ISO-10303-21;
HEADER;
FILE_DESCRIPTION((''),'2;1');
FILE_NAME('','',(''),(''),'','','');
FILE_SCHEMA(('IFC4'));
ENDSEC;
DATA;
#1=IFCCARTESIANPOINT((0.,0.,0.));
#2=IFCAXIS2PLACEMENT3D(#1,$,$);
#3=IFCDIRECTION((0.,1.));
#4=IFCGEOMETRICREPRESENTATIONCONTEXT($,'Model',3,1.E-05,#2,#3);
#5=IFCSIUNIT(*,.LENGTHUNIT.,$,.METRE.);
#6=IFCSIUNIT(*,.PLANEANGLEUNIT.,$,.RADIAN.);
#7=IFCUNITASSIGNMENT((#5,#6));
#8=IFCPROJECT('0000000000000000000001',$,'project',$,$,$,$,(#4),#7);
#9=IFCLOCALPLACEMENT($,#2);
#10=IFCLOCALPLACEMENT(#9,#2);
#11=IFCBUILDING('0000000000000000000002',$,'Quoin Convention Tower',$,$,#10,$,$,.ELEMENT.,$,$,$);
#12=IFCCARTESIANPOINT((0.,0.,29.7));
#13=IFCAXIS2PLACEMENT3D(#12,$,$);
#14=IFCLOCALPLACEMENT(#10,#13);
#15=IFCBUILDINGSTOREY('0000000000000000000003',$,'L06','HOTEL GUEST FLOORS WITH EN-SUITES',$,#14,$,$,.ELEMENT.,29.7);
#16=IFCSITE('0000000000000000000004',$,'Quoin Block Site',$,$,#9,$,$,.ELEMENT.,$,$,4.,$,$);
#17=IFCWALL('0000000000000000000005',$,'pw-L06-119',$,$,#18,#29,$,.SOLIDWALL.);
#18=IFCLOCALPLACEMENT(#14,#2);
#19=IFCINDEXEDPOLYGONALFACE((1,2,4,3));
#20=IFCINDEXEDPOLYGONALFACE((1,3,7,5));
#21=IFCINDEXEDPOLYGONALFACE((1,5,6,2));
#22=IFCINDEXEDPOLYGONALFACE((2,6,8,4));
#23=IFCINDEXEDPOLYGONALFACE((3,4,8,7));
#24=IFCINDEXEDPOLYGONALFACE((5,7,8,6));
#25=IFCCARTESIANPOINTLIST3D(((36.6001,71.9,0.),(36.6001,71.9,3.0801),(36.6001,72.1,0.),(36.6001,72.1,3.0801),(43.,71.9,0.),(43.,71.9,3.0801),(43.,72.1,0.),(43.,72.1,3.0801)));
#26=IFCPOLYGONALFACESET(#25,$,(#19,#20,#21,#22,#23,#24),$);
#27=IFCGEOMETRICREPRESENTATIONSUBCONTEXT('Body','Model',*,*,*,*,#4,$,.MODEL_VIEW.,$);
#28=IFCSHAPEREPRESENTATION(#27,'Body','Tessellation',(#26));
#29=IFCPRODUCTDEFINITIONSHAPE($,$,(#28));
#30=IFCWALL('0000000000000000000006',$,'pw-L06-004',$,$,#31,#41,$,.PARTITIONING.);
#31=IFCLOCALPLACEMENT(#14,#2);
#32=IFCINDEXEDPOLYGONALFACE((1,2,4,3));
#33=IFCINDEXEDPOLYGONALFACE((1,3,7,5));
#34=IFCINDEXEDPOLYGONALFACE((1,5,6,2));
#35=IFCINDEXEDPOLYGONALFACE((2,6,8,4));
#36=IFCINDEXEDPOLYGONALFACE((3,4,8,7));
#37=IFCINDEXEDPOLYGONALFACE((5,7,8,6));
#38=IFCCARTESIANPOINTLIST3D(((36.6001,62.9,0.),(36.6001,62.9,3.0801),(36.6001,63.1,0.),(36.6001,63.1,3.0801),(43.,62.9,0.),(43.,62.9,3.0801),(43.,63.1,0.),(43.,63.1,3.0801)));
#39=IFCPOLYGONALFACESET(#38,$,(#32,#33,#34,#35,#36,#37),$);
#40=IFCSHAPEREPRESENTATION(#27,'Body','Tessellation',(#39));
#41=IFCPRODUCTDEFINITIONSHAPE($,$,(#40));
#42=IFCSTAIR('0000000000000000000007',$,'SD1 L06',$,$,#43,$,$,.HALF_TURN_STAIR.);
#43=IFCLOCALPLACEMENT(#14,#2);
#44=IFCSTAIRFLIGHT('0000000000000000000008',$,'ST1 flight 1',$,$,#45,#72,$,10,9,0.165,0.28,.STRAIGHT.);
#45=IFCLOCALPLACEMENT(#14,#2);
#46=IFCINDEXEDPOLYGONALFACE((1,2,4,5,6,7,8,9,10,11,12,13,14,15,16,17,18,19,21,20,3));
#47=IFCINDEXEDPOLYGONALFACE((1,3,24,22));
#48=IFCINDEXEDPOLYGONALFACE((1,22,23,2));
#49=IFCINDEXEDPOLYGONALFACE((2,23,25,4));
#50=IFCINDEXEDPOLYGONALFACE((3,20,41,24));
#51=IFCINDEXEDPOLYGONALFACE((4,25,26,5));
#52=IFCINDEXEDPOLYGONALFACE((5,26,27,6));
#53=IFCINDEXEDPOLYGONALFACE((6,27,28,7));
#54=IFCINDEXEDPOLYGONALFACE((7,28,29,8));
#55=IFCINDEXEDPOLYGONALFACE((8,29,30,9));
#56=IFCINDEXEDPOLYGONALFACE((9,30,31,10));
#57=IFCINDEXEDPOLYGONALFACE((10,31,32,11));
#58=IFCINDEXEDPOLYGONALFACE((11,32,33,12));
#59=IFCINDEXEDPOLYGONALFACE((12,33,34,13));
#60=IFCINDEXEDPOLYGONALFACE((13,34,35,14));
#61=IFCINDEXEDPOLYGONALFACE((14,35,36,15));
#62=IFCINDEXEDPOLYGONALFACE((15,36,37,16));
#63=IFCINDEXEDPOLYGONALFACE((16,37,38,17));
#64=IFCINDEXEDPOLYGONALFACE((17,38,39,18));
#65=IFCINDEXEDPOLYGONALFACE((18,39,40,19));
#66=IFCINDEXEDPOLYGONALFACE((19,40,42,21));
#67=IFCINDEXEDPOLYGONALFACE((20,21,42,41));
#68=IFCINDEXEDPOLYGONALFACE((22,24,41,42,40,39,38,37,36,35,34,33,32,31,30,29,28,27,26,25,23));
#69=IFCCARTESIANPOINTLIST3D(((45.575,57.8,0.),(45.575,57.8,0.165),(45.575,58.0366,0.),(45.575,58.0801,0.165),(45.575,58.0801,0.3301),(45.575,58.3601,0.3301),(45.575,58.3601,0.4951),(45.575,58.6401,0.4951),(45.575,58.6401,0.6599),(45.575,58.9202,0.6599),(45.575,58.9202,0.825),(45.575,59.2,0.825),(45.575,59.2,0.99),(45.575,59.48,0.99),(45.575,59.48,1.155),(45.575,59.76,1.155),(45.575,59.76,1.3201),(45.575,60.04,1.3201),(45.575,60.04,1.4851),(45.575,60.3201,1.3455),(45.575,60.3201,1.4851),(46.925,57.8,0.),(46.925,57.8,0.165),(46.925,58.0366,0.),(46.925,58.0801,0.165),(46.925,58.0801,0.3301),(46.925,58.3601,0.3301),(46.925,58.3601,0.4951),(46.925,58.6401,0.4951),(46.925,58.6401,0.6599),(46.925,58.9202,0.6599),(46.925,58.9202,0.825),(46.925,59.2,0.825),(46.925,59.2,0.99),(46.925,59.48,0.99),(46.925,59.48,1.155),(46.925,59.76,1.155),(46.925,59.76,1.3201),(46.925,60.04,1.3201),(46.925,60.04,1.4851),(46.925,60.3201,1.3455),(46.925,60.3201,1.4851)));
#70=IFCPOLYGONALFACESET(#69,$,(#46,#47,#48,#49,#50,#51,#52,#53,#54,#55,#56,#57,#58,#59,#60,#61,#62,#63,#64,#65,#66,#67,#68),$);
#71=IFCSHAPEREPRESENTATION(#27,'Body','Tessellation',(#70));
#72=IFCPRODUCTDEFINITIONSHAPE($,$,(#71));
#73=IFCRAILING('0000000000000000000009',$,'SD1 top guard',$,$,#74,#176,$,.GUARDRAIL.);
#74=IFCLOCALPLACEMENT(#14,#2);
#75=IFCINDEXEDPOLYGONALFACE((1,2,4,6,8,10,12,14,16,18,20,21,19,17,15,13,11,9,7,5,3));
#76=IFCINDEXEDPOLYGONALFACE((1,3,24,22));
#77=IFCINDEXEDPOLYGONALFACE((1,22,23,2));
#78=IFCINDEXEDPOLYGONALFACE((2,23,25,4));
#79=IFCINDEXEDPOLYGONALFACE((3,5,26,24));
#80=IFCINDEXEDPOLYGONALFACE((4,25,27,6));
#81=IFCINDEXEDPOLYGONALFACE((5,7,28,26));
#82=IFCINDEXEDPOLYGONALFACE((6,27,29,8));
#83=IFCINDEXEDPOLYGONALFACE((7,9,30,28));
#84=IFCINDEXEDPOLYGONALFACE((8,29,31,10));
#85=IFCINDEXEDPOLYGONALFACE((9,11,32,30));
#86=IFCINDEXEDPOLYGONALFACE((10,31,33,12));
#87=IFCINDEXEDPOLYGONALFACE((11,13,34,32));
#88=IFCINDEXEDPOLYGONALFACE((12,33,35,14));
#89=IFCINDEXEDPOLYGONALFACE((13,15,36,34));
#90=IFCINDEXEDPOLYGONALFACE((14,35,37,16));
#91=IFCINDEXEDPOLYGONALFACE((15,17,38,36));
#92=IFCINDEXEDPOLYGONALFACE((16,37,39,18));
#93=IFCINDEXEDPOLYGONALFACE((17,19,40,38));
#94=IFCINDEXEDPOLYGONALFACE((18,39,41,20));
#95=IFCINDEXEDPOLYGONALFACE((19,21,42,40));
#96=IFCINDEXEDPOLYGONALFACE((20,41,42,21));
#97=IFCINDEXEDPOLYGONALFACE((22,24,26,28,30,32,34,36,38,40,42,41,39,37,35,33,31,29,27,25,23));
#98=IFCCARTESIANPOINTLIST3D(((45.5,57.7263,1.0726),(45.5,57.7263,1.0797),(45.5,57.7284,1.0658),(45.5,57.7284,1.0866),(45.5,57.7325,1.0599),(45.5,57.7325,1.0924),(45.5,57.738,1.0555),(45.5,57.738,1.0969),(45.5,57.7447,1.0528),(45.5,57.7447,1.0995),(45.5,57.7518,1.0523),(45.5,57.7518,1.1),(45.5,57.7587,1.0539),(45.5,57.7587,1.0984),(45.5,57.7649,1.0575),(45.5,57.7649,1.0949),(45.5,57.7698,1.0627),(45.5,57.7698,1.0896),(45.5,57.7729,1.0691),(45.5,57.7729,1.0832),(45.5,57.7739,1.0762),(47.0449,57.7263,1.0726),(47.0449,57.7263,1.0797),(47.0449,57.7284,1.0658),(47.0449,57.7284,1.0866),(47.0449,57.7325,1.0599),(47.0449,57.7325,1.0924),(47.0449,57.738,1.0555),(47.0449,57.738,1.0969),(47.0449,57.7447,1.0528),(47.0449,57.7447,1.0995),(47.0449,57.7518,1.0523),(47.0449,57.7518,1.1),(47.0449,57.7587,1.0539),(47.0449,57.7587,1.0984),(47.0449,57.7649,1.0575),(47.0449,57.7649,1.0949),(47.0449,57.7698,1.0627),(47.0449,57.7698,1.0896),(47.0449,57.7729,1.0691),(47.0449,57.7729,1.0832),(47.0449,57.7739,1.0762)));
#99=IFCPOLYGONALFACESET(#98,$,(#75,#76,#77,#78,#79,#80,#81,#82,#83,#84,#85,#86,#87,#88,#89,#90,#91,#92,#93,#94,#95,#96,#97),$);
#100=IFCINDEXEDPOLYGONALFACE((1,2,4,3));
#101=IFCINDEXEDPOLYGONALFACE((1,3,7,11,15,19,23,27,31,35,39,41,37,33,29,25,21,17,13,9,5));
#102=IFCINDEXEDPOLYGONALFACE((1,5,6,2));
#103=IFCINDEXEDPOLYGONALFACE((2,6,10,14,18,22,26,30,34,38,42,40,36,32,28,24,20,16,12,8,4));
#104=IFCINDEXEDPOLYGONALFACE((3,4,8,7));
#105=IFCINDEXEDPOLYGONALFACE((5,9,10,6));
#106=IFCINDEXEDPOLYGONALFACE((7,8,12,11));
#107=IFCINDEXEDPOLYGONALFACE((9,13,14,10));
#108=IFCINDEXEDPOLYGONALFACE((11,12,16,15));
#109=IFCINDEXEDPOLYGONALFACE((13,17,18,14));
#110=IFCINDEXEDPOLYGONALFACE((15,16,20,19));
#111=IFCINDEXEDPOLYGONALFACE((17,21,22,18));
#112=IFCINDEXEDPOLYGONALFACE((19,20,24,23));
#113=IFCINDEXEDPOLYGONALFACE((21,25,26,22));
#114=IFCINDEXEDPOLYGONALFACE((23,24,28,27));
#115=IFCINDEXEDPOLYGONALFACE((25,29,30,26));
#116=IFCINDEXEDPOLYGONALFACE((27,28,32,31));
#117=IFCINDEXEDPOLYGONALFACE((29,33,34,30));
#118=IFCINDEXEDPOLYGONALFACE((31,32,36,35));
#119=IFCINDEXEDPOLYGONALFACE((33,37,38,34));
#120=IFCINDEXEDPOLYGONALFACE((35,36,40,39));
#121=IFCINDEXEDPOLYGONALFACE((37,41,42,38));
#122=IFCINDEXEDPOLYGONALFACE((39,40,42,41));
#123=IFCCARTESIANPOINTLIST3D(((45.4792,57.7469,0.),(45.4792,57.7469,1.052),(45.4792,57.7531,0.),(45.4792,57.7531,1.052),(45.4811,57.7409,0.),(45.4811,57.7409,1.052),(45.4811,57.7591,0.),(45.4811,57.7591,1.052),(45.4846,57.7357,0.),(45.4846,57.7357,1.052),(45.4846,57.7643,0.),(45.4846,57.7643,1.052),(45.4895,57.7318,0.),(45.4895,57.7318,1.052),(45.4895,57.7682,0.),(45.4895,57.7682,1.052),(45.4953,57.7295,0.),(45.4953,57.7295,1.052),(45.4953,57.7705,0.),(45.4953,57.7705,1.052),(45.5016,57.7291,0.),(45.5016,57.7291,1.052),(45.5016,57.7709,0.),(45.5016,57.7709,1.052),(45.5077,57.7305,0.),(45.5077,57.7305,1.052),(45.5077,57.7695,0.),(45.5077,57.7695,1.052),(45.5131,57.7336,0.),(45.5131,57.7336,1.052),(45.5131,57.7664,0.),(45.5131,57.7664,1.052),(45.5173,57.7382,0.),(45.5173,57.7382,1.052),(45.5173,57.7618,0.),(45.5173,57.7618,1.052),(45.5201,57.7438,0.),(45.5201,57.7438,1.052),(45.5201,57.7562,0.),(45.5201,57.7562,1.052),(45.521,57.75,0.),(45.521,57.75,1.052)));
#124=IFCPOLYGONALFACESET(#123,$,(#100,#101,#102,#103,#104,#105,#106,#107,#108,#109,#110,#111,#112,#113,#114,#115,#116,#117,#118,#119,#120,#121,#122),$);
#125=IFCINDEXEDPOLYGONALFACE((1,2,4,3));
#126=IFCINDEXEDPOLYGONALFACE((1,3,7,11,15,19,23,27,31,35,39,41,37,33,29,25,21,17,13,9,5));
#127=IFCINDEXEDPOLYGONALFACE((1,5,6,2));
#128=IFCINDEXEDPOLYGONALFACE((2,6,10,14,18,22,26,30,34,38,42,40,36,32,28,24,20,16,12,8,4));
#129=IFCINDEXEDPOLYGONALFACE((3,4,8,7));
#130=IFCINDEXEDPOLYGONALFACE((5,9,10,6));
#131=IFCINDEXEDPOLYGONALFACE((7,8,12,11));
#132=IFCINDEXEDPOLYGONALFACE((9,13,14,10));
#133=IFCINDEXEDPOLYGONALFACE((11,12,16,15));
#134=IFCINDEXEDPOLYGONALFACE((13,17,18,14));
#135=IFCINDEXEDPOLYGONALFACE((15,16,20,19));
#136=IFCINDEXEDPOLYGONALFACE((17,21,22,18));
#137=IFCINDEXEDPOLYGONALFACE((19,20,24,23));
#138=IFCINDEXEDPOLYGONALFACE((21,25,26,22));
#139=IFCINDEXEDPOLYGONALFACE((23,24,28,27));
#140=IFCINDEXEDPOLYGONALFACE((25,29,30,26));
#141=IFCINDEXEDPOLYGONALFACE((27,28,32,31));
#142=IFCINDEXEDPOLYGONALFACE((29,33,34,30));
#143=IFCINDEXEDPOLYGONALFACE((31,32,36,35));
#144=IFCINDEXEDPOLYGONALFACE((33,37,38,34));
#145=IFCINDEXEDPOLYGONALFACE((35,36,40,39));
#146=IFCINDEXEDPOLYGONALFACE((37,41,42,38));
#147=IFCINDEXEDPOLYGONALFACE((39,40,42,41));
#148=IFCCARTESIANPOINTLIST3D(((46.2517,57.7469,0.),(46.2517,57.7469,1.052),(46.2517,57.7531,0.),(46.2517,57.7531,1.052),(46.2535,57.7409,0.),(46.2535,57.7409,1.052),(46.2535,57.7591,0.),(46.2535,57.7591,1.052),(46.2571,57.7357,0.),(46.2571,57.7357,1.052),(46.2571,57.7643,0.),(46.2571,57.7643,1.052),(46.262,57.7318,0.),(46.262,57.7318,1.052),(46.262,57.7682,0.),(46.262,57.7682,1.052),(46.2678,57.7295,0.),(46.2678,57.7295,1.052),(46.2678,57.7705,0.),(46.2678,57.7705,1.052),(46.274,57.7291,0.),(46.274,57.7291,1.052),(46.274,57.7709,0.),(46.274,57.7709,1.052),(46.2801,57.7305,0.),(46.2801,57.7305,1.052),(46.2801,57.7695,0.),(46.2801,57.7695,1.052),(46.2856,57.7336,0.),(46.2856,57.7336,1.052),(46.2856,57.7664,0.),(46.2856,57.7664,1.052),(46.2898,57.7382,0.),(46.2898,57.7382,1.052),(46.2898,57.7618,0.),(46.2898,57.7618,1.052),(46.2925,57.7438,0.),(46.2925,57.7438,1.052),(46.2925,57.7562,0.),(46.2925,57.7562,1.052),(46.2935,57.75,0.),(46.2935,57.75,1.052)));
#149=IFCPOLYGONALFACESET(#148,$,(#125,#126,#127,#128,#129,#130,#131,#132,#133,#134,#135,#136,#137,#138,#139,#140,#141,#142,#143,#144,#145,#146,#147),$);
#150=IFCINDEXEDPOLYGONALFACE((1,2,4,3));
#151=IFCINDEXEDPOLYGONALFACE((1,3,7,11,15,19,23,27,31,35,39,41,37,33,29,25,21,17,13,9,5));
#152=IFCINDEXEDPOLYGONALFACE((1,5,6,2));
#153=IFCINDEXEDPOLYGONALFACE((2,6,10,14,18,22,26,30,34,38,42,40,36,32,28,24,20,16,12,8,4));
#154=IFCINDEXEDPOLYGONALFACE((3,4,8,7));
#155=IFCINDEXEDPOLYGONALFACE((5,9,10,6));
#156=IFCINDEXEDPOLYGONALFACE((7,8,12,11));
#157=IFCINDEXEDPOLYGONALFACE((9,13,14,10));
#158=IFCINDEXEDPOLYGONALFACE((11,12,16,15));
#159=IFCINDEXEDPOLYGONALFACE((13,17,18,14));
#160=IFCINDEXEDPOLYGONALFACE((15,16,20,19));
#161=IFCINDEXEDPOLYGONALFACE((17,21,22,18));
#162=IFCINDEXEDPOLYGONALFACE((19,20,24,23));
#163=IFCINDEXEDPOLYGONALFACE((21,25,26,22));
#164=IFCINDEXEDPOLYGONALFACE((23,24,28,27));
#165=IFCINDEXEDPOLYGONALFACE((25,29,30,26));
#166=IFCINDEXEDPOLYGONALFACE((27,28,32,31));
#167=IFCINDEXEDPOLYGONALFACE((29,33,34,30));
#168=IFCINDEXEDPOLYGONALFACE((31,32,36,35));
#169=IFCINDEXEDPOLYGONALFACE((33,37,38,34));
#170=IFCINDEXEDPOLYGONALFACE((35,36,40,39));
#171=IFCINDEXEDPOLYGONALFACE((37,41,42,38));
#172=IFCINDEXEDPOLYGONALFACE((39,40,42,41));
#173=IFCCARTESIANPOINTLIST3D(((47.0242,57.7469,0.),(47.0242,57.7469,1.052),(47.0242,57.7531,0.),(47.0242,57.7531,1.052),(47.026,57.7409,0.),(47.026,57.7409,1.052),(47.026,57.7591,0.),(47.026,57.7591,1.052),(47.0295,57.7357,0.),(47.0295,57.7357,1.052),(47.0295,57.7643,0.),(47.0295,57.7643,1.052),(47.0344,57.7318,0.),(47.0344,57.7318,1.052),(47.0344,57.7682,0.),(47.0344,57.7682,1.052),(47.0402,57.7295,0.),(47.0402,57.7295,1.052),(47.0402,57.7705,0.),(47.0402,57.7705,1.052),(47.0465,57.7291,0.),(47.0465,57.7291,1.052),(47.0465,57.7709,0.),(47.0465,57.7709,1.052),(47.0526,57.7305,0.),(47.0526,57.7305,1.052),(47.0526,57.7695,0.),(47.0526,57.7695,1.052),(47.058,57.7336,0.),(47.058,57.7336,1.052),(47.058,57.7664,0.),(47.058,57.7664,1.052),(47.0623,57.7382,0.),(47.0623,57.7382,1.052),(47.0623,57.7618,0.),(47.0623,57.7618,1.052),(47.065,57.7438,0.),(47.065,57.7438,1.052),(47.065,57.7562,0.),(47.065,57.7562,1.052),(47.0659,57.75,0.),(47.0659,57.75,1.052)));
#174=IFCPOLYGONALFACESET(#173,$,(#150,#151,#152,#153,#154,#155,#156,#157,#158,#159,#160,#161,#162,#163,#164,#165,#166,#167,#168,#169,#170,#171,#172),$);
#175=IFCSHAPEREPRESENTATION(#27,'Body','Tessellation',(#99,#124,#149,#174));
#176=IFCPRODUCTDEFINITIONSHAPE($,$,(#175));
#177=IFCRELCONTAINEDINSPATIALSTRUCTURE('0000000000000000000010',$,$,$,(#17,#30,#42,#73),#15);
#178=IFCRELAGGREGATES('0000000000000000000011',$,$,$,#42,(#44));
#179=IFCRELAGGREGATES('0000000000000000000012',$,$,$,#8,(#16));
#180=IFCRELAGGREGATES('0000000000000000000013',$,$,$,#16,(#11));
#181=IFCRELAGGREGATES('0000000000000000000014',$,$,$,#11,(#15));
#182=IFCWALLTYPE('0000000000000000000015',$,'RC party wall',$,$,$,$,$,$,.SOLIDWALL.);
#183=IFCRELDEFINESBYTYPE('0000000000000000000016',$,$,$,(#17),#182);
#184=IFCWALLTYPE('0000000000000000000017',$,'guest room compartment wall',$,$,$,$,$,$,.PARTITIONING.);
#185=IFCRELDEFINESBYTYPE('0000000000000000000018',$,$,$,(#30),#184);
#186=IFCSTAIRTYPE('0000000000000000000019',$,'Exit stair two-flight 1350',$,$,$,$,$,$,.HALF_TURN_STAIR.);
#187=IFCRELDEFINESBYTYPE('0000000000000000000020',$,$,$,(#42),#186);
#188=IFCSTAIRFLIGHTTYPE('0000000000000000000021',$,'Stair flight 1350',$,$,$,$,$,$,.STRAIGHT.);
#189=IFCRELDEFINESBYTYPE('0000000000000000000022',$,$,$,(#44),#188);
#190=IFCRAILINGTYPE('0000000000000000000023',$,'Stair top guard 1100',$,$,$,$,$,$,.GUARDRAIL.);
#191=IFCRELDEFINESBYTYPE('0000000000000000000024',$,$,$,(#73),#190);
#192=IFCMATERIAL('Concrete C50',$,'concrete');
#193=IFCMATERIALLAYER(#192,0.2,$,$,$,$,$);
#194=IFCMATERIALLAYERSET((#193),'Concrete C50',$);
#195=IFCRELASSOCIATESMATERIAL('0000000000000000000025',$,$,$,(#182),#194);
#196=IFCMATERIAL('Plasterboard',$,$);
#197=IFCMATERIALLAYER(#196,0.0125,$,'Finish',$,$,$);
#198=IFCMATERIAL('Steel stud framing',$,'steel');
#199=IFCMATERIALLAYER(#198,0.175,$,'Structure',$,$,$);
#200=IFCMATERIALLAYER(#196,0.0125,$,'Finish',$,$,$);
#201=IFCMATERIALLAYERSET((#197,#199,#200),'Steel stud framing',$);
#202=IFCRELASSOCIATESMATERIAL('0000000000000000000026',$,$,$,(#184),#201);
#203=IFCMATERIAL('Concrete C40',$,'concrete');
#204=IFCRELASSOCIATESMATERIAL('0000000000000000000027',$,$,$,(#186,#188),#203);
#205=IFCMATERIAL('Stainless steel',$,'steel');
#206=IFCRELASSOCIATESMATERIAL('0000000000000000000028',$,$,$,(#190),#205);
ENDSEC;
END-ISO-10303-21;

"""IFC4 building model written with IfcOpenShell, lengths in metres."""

from ifc_helpers import new_model, si_unit, direction, frame, frame_2d, origin, origin_2d, place, context, subcontext, project, spatial, polyline, rectangle, circle, outline, extrude, material, layer, layer_set, type_object, element, aggregate, save


model = new_model("IFC4")

# Units and contexts
model_context = context("Model", 3, precision=1e-05, world=origin(), true_north=direction((0.0, 1.0)))
body_context = subcontext(model_context, "Body", "Model", "MODEL_VIEW")
ifc_project = project(units=[si_unit("LENGTHUNIT", "METRE"), si_unit("PLANEANGLEUNIT", "RADIAN")], contexts=[model_context])

# Site, building, storey
site_placement = place(None, origin())
site = spatial("IfcSite", under=ifc_project, at=site_placement, Name="Quoin Block Site", CompositionType="ELEMENT", RefElevation=4.0)
building_placement = place(site_placement, origin())
building = spatial("IfcBuilding", under=site, at=building_placement, Name="Quoin Convention Tower", CompositionType="ELEMENT")
storey_placement = place(building_placement, frame((0.0, 0.0, 29.7)))
storey = spatial("IfcBuildingStorey", under=building, at=storey_placement, Name="L06", Description="HOTEL GUEST FLOORS WITH EN-SUITES", CompositionType="ELEMENT", Elevation=29.7)

# Shared definitions
ifc_material_1 = material(Name="Plasterboard")
ifc_material_2 = material(Name="Steel stud framing", Category="steel")

# Shared definitions
ifc_material_3 = material(Name="Concrete C50", Category="concrete")

# Shared definitions
ifc_layer_1 = layer(ifc_material_3, 0.2)
ifc_layer_set_1 = layer_set([ifc_layer_1], Name="Concrete C50")
wall_type_1 = type_object("IfcWallType", Name="RC party wall", PredefinedType="SOLIDWALL", material=ifc_layer_set_1)

# Walls
wall_1_placement = place(storey_placement, frame((36.6001, 72.0, 0.0), z_axis=(0.0, 0.0, 1.0), x_axis=(1.0, 0.0, 0.0)))
element("IfcWall", 1, at=wall_1_placement, inside=storey, type_object=wall_type_1, Name="pw-L06-119", PredefinedType="SOLIDWALL", context=body_context, shape_type="SweptSolid", body=[
    extrude(rectangle(XDim=6.3999, YDim=0.2, at=frame_2d((3.2, 0.0))), origin(), (0.0, 0.0, 1.0), 3.0801),
])
ifc_layer_2 = layer(ifc_material_1, 0.0125, Name="Finish")
ifc_layer_3 = layer(ifc_material_2, 0.175, Name="Structure")
ifc_layer_4 = layer(ifc_material_1, 0.0125, Name="Finish")
ifc_layer_set_2 = layer_set([ifc_layer_2, ifc_layer_3, ifc_layer_4], Name="Steel stud framing")
wall_type_2 = type_object("IfcWallType", Name="guest room compartment wall", PredefinedType="PARTITIONING", material=ifc_layer_set_2)
wall_2_placement = place(storey_placement, frame((36.6001, 63.0, 0.0), z_axis=(0.0, 0.0, 1.0), x_axis=(1.0, 0.0, 0.0)))
element("IfcWall", 2, at=wall_2_placement, inside=storey, type_object=wall_type_2, Name="pw-L06-004", PredefinedType="PARTITIONING", context=body_context, shape_type="SweptSolid", body=[
    extrude(rectangle(XDim=6.3999, YDim=0.2, at=frame_2d((3.2, 0.0))), origin(), (0.0, 0.0, 1.0), 3.0801),
])

# Stair, stair flight
ifc_material_4 = material(Name="Concrete C40", Category="concrete")
stair_type = type_object("IfcStairType", Name="Exit stair two-flight 1350", PredefinedType="HALF_TURN_STAIR", material=ifc_material_4)
stair_placement = place(storey_placement, origin())
stair = element("IfcStair", 3, at=stair_placement, inside=storey, type_object=stair_type, Name="SD1 L06", PredefinedType="HALF_TURN_STAIR")
stair_flight_type = type_object("IfcStairFlightType", Name="Stair flight 1350", PredefinedType="STRAIGHT", material=ifc_material_4)
stair_flight_placement = place(storey_placement, frame((46.25, 57.8, 0.0), z_axis=(0.0, 0.0, 1.0), x_axis=(0.0, 1.0, 0.0)))
stair_flight = element("IfcStairFlight", 4, at=stair_flight_placement, type_object=stair_flight_type, Name="ST1 flight 1", NumberOfRisers=10, NumberOfTreads=9, PredefinedType="STRAIGHT", RiserHeight=0.165, TreadLength=0.28, context=body_context, shape_type="SweptSolid", body=[
    extrude(outline(polyline([(0.0, 0.0), (0.0, 0.165), (0.28, 0.165), (0.28, 0.3301), (0.5601, 0.3301), (0.5601, 0.4951), (0.8401, 0.4951), (0.8401, 0.6599), (1.1201, 0.6599), (1.1201, 0.825), (1.3999, 0.825), (1.3999, 0.99), (1.6799, 0.99), (1.6799, 1.155), (1.96, 1.155), (1.96, 1.3201), (2.24, 1.3201), (2.24, 1.4851), (2.52, 1.4851), (2.52, 1.6499), (2.52, 1.3455), (0.2366, 0.0), (0.0, 0.0)])), frame((0.0, 0.675, 0.0), z_axis=(0.0, -1.0, 0.0), x_axis=(1.0, 0.0, 0.0)), (0.0, 0.0, 1.0), 1.3501),
])
aggregate(stair, [stair_flight])

# Railing
ifc_material_5 = material(Name="Stainless steel", Category="steel")
railing_type = type_object("IfcRailingType", Name="Stair top guard 1100", PredefinedType="GUARDRAIL", material=ifc_material_5)
railing_placement = place(storey_placement, frame((45.5, 57.75, 0.0)))
element("IfcRailing", 5, at=railing_placement, inside=storey, type_object=railing_type, Name="SD1 top guard", PredefinedType="GUARDRAIL", context=body_context, shape_type="SweptSolid", body=[
    extrude(circle(Radius=0.0239, at=origin_2d()), frame((0.0, 0.0, 1.0762), z_axis=(1.0, 0.0, 0.0), x_axis=(0.0, 1.0, 0.0)), (0.0, 0.0, 1.0), 1.5449),
    extrude(circle(Radius=0.021, at=origin_2d()), origin(), (0.0, 0.0, 1.0), 1.052),
    extrude(circle(Radius=0.021, at=origin_2d()), frame((0.7725, 0.0, 0.0)), (0.0, 0.0, 1.0), 1.052),
    extrude(circle(Radius=0.021, at=origin_2d()), frame((1.5449, 0.0, 0.0)), (0.0, 0.0, 1.0), 1.052),
])

save(model, "model.ifc")
